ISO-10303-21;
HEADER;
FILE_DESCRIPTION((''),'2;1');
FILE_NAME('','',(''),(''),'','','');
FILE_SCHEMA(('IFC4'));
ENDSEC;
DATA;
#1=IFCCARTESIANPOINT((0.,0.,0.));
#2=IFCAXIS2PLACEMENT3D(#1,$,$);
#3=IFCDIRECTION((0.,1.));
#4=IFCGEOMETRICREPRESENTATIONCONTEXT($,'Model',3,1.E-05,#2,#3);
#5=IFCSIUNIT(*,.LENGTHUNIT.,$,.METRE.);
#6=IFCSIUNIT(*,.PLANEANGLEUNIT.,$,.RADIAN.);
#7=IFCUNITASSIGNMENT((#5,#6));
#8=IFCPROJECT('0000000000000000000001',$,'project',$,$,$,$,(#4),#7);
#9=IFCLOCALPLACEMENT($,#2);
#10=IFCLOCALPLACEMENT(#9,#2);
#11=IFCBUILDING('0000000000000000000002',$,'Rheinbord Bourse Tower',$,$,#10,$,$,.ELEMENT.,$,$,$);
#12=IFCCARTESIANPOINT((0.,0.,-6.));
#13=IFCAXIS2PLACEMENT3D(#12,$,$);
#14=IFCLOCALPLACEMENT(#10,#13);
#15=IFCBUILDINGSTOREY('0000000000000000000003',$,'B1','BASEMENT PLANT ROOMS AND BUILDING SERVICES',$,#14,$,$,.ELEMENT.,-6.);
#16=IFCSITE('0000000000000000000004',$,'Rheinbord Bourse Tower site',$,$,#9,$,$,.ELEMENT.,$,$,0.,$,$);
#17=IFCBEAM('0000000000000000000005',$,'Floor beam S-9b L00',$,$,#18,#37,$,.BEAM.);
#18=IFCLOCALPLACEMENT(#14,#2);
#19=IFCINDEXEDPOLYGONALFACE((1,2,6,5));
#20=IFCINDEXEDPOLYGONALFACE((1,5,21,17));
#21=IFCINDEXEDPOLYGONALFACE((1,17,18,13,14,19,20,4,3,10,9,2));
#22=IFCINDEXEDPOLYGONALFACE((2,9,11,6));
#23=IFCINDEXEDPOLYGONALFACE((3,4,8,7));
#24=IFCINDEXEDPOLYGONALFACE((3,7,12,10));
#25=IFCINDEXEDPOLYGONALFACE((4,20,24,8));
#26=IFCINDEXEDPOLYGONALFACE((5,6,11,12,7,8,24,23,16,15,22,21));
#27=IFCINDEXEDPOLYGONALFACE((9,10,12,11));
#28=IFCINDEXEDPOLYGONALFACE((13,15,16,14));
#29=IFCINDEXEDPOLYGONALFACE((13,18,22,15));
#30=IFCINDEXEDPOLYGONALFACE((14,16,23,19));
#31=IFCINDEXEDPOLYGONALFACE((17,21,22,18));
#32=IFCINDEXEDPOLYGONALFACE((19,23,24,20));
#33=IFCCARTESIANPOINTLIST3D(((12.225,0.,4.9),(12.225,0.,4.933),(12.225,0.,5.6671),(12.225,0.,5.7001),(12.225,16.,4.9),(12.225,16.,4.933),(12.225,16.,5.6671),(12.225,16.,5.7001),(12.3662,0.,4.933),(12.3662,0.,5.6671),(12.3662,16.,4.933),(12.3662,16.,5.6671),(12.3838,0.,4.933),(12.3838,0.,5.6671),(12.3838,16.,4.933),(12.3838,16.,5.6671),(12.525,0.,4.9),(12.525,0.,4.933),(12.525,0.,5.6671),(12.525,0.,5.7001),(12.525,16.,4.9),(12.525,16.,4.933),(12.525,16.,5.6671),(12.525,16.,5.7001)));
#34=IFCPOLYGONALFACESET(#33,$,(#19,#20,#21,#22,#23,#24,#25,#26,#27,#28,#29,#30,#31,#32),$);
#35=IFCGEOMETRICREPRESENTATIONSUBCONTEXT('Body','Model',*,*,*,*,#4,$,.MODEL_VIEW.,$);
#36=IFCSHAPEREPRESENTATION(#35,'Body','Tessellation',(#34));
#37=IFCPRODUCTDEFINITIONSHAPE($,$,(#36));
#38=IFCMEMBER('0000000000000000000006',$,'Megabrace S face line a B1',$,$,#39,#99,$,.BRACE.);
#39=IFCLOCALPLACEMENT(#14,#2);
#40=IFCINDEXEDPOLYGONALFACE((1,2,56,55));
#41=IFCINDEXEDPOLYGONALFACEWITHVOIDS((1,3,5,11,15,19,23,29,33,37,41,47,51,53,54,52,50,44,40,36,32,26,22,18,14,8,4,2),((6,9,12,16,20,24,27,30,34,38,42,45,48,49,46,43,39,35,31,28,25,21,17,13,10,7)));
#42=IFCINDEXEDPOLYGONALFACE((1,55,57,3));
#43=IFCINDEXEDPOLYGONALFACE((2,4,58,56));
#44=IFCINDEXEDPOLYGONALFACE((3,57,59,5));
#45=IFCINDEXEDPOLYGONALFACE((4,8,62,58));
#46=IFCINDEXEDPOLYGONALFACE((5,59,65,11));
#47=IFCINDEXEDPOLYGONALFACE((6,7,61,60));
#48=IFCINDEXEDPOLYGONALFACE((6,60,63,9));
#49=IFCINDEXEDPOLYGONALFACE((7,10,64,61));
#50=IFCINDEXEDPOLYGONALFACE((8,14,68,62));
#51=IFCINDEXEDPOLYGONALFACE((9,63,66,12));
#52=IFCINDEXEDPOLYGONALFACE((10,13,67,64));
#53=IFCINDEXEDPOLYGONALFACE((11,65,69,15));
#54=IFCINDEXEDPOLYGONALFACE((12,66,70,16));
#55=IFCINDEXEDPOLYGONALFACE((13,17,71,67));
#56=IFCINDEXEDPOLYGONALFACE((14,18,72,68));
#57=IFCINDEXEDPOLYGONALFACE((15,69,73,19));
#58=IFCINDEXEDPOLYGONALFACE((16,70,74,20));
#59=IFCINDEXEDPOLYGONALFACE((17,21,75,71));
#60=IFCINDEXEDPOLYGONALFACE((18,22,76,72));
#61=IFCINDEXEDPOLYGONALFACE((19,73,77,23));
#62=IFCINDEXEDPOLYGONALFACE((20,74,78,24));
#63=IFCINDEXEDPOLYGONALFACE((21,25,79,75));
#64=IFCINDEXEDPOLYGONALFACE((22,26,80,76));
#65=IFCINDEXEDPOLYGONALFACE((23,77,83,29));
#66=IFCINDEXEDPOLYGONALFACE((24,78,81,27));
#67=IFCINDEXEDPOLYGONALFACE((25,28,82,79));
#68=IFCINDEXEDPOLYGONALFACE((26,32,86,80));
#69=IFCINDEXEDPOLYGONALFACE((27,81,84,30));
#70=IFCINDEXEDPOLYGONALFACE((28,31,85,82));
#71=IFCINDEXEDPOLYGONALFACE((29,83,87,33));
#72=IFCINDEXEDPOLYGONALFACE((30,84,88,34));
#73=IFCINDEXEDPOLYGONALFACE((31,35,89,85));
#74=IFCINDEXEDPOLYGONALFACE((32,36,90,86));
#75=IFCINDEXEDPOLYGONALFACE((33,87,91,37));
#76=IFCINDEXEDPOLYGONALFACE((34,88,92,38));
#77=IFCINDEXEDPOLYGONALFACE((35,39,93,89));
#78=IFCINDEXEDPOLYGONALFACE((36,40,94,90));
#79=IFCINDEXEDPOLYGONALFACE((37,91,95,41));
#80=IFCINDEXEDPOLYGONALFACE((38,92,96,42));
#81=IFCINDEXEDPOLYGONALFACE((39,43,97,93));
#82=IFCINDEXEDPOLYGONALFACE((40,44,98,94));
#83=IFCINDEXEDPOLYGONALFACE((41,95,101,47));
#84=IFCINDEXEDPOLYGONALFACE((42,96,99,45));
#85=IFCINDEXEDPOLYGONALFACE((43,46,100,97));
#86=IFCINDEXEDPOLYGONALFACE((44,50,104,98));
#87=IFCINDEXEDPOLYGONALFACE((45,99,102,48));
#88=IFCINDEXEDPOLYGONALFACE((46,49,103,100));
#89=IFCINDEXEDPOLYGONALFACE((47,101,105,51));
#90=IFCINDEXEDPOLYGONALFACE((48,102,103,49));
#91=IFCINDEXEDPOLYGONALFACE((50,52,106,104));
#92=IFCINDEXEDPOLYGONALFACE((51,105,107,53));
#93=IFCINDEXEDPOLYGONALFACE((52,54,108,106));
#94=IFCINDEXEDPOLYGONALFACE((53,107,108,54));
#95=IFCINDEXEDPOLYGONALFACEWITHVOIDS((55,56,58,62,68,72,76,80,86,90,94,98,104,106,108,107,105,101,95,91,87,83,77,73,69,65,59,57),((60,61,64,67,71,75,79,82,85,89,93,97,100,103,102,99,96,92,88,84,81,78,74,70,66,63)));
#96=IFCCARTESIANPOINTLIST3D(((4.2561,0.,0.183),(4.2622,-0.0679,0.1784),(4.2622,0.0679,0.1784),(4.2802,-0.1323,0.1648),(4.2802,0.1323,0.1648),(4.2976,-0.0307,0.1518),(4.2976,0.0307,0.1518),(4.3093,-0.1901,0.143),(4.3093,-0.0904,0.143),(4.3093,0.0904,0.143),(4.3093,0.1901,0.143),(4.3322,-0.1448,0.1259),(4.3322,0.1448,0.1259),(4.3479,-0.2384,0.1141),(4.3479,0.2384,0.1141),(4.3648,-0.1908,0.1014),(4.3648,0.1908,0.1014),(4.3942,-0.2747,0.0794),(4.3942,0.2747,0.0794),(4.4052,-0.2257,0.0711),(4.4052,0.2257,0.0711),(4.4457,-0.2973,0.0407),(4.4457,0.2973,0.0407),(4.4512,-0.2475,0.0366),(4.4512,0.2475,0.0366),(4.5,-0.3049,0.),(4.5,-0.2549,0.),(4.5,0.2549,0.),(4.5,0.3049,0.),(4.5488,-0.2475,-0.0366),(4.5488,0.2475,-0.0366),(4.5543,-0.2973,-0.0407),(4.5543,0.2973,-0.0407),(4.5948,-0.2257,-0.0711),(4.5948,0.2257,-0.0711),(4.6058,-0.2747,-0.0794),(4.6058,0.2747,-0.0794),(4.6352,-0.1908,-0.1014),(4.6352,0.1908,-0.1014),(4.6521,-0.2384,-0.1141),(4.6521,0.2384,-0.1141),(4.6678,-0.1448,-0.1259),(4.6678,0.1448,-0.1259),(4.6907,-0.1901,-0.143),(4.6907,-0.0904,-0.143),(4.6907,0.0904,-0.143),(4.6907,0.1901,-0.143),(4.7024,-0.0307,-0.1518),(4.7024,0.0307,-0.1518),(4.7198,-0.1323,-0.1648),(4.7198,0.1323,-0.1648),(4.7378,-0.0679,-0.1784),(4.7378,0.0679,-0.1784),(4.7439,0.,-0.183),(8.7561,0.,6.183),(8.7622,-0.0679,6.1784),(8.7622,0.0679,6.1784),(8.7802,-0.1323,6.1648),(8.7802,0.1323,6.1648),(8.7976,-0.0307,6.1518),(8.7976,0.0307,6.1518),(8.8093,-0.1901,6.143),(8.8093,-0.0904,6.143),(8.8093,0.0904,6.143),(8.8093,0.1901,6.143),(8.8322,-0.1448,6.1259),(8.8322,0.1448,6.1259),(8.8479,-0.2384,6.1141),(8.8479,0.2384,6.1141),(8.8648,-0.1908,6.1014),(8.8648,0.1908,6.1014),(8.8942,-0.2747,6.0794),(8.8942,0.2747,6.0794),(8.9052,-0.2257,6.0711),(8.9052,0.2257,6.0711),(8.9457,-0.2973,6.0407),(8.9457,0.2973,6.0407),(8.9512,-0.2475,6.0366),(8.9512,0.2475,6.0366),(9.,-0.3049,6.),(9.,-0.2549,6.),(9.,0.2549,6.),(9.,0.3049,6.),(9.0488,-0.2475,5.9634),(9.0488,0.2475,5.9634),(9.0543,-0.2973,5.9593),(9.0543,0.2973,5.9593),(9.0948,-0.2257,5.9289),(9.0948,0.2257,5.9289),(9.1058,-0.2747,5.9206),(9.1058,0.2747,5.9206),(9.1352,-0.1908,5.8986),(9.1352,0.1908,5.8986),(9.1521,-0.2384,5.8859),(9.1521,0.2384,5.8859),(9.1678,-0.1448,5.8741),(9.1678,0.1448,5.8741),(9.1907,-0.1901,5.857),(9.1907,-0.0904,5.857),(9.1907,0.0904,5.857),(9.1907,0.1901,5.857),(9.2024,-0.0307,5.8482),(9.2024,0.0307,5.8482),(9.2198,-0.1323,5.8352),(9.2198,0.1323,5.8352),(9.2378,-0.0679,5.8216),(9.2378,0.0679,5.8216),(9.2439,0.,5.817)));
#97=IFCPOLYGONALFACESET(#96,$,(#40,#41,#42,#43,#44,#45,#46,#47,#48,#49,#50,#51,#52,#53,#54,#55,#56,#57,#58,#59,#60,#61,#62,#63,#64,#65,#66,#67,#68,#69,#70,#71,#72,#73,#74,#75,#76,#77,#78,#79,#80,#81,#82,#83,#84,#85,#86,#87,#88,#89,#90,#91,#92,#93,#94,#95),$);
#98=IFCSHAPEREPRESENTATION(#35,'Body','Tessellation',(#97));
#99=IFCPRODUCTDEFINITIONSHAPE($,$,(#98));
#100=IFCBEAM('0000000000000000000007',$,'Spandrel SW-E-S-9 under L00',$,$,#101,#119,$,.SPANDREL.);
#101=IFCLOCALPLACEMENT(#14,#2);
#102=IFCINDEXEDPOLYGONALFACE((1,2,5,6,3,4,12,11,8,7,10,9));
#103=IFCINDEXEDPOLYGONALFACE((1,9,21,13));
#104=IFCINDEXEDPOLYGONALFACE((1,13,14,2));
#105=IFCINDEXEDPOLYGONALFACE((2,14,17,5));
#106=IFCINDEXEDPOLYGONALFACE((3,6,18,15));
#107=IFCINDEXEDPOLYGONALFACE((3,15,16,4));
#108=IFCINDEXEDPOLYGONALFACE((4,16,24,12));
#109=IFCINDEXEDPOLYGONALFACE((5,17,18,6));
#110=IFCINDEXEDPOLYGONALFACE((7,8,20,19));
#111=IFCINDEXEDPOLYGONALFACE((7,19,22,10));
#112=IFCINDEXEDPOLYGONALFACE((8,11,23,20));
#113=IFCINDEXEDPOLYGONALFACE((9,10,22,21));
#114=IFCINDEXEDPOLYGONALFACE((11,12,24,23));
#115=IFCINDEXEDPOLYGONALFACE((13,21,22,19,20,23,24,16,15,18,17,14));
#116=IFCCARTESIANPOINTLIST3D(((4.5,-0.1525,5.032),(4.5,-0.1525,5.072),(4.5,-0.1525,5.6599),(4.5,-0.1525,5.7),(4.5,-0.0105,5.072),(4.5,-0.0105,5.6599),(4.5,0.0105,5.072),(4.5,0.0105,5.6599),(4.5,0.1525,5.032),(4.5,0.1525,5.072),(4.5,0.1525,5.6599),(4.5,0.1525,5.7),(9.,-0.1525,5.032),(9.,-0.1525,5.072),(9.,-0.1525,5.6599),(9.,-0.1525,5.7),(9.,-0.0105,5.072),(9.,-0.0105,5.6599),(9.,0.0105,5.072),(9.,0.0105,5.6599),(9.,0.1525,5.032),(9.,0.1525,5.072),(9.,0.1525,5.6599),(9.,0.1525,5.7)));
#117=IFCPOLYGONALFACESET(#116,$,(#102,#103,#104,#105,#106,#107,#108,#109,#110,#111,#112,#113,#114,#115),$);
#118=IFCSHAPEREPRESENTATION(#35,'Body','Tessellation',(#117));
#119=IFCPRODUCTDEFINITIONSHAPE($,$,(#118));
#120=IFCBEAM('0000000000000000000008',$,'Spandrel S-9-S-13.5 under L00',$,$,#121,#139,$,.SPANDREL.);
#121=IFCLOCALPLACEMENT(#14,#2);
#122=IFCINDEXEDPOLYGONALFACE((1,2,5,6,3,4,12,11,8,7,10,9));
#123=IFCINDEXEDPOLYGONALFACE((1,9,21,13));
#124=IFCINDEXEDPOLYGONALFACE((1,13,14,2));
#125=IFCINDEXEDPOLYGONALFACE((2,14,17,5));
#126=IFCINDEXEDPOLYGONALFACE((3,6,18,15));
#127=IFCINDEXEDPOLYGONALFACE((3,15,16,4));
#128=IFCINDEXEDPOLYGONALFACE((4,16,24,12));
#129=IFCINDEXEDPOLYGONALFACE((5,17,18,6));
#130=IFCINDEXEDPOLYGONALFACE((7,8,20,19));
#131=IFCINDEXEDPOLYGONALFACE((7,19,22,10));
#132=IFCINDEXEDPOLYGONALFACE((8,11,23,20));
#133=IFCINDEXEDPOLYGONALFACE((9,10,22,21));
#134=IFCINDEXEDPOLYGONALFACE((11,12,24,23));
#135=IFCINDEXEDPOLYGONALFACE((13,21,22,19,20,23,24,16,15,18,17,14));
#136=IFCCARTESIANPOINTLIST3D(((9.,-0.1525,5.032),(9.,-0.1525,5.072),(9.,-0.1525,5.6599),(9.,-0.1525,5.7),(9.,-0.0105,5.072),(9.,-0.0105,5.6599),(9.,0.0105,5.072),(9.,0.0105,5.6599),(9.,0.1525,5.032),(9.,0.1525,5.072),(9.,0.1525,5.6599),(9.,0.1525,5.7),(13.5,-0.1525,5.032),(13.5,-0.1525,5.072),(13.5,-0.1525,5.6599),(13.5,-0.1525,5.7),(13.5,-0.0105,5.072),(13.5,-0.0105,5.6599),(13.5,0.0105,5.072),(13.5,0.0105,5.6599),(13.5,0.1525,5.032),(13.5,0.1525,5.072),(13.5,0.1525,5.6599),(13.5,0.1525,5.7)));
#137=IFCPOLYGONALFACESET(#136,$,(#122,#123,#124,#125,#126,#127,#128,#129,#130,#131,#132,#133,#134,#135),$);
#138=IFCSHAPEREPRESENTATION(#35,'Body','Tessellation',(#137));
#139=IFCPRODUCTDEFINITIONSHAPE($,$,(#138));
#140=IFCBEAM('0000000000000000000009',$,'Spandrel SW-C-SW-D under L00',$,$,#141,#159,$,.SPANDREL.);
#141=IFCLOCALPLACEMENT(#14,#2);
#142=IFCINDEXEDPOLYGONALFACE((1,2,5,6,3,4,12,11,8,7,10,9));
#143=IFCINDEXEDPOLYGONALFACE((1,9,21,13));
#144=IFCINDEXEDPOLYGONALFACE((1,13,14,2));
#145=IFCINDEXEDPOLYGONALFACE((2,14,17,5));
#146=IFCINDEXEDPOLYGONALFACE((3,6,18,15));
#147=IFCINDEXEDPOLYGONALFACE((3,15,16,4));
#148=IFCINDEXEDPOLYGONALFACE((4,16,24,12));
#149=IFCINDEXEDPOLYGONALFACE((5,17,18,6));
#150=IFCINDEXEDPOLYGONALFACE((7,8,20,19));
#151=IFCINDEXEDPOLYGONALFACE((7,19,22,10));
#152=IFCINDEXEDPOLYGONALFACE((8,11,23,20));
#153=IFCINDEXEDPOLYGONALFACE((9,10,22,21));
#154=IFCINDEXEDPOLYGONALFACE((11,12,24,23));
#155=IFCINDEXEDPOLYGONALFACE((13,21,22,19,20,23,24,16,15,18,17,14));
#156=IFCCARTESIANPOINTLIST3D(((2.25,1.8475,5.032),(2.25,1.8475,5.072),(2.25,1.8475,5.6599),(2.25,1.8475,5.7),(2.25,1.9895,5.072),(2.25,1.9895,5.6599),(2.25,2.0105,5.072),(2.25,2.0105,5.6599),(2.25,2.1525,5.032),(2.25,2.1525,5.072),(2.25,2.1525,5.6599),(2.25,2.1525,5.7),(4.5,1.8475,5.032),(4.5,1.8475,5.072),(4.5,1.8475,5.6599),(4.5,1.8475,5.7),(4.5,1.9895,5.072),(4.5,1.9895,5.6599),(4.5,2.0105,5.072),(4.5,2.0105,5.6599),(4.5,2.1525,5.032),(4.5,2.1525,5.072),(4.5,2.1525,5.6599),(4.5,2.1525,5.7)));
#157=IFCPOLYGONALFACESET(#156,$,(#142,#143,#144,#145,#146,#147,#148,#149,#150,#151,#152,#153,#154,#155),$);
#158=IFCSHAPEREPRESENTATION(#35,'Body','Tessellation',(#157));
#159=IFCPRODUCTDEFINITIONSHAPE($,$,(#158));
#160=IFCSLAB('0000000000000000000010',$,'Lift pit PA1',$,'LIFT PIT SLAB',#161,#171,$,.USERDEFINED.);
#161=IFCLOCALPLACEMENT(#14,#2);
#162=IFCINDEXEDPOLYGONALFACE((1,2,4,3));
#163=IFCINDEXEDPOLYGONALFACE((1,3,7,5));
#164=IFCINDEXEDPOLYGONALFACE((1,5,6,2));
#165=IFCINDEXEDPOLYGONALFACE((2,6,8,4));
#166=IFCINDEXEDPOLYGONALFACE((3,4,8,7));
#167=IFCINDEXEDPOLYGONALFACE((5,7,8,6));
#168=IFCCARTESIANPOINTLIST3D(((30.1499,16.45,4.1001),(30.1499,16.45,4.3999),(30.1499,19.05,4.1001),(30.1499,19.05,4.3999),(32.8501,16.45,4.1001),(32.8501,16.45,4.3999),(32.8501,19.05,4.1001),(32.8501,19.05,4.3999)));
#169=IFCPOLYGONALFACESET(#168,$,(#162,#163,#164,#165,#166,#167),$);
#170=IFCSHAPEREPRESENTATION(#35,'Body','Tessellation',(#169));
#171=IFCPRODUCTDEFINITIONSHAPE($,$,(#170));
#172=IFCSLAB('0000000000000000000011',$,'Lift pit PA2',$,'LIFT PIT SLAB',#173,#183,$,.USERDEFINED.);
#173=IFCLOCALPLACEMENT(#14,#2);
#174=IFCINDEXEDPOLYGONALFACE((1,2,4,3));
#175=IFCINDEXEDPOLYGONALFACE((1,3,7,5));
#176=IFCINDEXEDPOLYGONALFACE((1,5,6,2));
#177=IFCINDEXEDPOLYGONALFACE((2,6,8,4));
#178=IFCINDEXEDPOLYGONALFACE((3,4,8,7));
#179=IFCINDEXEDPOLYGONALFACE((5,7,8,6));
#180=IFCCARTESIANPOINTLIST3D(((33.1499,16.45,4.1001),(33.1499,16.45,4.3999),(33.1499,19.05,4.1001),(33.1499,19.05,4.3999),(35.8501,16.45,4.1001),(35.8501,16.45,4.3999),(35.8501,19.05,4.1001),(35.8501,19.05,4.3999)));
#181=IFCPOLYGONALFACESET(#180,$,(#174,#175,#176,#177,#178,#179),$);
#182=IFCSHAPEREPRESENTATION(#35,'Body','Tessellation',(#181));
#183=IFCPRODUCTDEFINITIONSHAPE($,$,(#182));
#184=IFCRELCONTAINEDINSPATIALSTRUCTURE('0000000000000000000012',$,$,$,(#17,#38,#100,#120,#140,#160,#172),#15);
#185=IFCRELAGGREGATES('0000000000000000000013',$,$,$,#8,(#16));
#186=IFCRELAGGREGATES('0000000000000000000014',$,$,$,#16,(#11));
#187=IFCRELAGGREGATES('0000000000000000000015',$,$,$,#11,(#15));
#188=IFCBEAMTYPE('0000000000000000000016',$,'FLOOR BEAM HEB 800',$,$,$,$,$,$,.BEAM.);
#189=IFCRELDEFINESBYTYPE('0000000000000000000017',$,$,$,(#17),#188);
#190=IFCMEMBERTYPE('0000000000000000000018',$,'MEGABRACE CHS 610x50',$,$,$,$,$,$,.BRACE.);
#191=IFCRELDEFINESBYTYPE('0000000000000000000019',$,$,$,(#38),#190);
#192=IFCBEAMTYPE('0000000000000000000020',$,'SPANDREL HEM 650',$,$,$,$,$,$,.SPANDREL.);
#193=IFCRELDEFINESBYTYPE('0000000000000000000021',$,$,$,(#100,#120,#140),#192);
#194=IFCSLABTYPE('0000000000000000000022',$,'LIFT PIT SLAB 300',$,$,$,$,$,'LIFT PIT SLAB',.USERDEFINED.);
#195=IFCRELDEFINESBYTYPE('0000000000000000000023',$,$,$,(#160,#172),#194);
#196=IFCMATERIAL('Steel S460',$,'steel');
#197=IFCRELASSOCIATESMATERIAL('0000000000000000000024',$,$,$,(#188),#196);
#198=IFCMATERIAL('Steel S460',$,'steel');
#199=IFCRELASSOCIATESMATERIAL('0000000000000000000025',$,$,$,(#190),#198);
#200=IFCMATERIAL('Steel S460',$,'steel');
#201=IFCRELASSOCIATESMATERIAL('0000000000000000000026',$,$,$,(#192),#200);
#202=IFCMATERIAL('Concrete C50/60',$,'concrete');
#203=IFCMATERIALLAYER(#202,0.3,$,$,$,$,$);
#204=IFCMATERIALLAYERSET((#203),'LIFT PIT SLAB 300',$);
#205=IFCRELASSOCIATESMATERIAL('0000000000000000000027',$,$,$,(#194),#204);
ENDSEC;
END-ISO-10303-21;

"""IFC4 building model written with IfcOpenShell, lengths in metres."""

from ifc_helpers import new_model, si_unit, direction, frame, origin, origin_2d, place, context, subcontext, project, spatial, polyline, hollow_circle, i_section, outline, extrude, material, layer, layer_set, material_profile, profile_set, type_object, element, save


model = new_model("IFC4")

# Units and contexts
model_context = context("Model", 3, precision=1e-05, world=origin(), true_north=direction((0.0, 1.0)))
body_context = subcontext(model_context, "Body", "Model", "MODEL_VIEW")
ifc_project = project(units=[si_unit("LENGTHUNIT", "METRE"), si_unit("PLANEANGLEUNIT", "RADIAN")], contexts=[model_context])

# Site, building, storey
site_placement = place(None, origin())
site = spatial("IfcSite", under=ifc_project, at=site_placement, Name="Rheinbord Bourse Tower site", CompositionType="ELEMENT", RefElevation=0.0)
building_placement = place(site_placement, origin())
building = spatial("IfcBuilding", under=site, at=building_placement, Name="Rheinbord Bourse Tower", CompositionType="ELEMENT")
storey_placement = place(building_placement, frame((0.0, 0.0, -6.0)))
storey = spatial("IfcBuildingStorey", under=building, at=storey_placement, Name="B1", Description="BASEMENT PLANT ROOMS AND BUILDING SERVICES", CompositionType="ELEMENT", Elevation=-6.0)

# Beam
ifc_material_1 = material(Name="Steel S460", Category="steel")
ifc_material_profile_1 = material_profile(ifc_material_1, i_section(OverallWidth=0.3, OverallDepth=0.8, WebThickness=0.0176, FlangeThickness=0.033, at=origin_2d()), Name="HEB 800")
ifc_profile_set_1 = profile_set([ifc_material_profile_1], Name="Steel S460")
beam_type_1 = type_object("IfcBeamType", Name="FLOOR BEAM HEB 800", PredefinedType="BEAM", material=ifc_profile_set_1)
for number, where, z_axis, x_axis, name in (
    (1, (12.375, 0.0, 5.3), (0.0, 1.0, 0.0), (-1.0, 0.0, 0.0), "Floor beam S-9b L00"),
):
    element("IfcBeam", number, at=place(storey_placement, frame(where, z_axis=z_axis, x_axis=x_axis)), inside=storey, type_object=beam_type_1, Name=name, PredefinedType="BEAM", context=body_context, shape_type="SweptSolid", body=[
        extrude(i_section(OverallWidth=0.3, OverallDepth=0.8, WebThickness=0.0176, FlangeThickness=0.033, at=origin_2d()), origin(), (0.0, 0.0, 1.0), 16.0),
    ])

# Member
ifc_material_2 = material(Name="Steel S460", Category="steel")
ifc_material_profile_2 = material_profile(ifc_material_2, hollow_circle(Radius=0.3049, WallThickness=0.05, at=origin_2d()), Name="CHS 610x50")
ifc_profile_set_2 = profile_set([ifc_material_profile_2], Name="Steel S460")
member_type = type_object("IfcMemberType", Name="MEGABRACE CHS 610x50", PredefinedType="BRACE", material=ifc_profile_set_2)
member_placement = place(storey_placement, frame((4.5, 0.0, 0.0), z_axis=(0.6, 0.0, 0.8), x_axis=(0.0, 1.0, 0.0)))
element("IfcMember", 2, at=member_placement, inside=storey, type_object=member_type, Name="Megabrace S face line a B1", PredefinedType="BRACE", context=body_context, shape_type="SweptSolid", body=[
    extrude(hollow_circle(Radius=0.3049, WallThickness=0.05, at=origin_2d()), origin(), (0.0, 0.0, 1.0), 7.5),
])

# Beams
ifc_material_3 = material(Name="Steel S460", Category="steel")
ifc_material_profile_3 = material_profile(ifc_material_3, i_section(OverallWidth=0.3049, OverallDepth=0.668, WebThickness=0.021, FlangeThickness=0.04, at=origin_2d()), Name="HEM 650")
ifc_profile_set_3 = profile_set([ifc_material_profile_3], Name="Steel S460")
beam_type_2 = type_object("IfcBeamType", Name="SPANDREL HEM 650", PredefinedType="SPANDREL", material=ifc_profile_set_3)
for number, where, z_axis, x_axis, name in (
    (3, (4.5, 0.0, 5.366), (1.0, 0.0, 0.0), (0.0, 1.0, 0.0), "Spandrel SW-E-S-9 under L00"),
    (4, (9.0, 0.0, 5.366), (1.0, 0.0, 0.0), (0.0, 1.0, 0.0), "Spandrel S-9-S-13.5 under L00"),
):
    element("IfcBeam", number, at=place(storey_placement, frame(where, z_axis=z_axis, x_axis=x_axis)), inside=storey, type_object=beam_type_2, Name=name, PredefinedType="SPANDREL", context=body_context, shape_type="SweptSolid", body=[
        extrude(i_section(OverallWidth=0.3049, OverallDepth=0.668, WebThickness=0.021, FlangeThickness=0.04, at=origin_2d()), origin(), (0.0, 0.0, 1.0), 4.5),
    ])
beam_placement = place(storey_placement, frame((2.25, 2.0, 5.366), z_axis=(1.0, 0.0, 0.0), x_axis=(0.0, 1.0, 0.0)))
element("IfcBeam", 5, at=beam_placement, inside=storey, type_object=beam_type_2, Name="Spandrel SW-C-SW-D under L00", PredefinedType="SPANDREL", context=body_context, shape_type="SweptSolid", body=[
    extrude(i_section(OverallWidth=0.3049, OverallDepth=0.668, WebThickness=0.021, FlangeThickness=0.04, at=origin_2d()), origin(), (0.0, 0.0, 1.0), 2.25),
])

# Slabs
ifc_material_4 = material(Name="Concrete C50/60", Category="concrete")
ifc_layer_1 = layer(ifc_material_4, 0.3)
ifc_layer_set_1 = layer_set([ifc_layer_1], Name="LIFT PIT SLAB 300")
slab_type = type_object("IfcSlabType", Name="LIFT PIT SLAB 300", ElementType="LIFT PIT SLAB", PredefinedType="USERDEFINED", material=ifc_layer_set_1)
slab_1_placement = place(storey_placement, frame((0.0, 0.0, 4.1001)))
element("IfcSlab", 6, at=slab_1_placement, inside=storey, type_object=slab_type, Name="Lift pit PA1", ObjectType="LIFT PIT SLAB", PredefinedType="USERDEFINED", context=body_context, shape_type="SweptSolid", body=[
    extrude(outline(polyline([(30.1499, 16.45), (32.8501, 16.45), (32.8501, 19.05), (30.1499, 19.05), (30.1499, 16.45)])), origin(), (0.0, 0.0, 1.0), 0.2998),
])
slab_2_placement = place(storey_placement, frame((0.0, 0.0, 4.1001)))
element("IfcSlab", 7, at=slab_2_placement, inside=storey, type_object=slab_type, Name="Lift pit PA2", ObjectType="LIFT PIT SLAB", PredefinedType="USERDEFINED", context=body_context, shape_type="SweptSolid", body=[
    extrude(outline(polyline([(33.1499, 16.45), (35.8501, 16.45), (35.8501, 19.05), (33.1499, 19.05), (33.1499, 16.45)])), origin(), (0.0, 0.0, 1.0), 0.2998),
])

save(model, "model.ifc")
